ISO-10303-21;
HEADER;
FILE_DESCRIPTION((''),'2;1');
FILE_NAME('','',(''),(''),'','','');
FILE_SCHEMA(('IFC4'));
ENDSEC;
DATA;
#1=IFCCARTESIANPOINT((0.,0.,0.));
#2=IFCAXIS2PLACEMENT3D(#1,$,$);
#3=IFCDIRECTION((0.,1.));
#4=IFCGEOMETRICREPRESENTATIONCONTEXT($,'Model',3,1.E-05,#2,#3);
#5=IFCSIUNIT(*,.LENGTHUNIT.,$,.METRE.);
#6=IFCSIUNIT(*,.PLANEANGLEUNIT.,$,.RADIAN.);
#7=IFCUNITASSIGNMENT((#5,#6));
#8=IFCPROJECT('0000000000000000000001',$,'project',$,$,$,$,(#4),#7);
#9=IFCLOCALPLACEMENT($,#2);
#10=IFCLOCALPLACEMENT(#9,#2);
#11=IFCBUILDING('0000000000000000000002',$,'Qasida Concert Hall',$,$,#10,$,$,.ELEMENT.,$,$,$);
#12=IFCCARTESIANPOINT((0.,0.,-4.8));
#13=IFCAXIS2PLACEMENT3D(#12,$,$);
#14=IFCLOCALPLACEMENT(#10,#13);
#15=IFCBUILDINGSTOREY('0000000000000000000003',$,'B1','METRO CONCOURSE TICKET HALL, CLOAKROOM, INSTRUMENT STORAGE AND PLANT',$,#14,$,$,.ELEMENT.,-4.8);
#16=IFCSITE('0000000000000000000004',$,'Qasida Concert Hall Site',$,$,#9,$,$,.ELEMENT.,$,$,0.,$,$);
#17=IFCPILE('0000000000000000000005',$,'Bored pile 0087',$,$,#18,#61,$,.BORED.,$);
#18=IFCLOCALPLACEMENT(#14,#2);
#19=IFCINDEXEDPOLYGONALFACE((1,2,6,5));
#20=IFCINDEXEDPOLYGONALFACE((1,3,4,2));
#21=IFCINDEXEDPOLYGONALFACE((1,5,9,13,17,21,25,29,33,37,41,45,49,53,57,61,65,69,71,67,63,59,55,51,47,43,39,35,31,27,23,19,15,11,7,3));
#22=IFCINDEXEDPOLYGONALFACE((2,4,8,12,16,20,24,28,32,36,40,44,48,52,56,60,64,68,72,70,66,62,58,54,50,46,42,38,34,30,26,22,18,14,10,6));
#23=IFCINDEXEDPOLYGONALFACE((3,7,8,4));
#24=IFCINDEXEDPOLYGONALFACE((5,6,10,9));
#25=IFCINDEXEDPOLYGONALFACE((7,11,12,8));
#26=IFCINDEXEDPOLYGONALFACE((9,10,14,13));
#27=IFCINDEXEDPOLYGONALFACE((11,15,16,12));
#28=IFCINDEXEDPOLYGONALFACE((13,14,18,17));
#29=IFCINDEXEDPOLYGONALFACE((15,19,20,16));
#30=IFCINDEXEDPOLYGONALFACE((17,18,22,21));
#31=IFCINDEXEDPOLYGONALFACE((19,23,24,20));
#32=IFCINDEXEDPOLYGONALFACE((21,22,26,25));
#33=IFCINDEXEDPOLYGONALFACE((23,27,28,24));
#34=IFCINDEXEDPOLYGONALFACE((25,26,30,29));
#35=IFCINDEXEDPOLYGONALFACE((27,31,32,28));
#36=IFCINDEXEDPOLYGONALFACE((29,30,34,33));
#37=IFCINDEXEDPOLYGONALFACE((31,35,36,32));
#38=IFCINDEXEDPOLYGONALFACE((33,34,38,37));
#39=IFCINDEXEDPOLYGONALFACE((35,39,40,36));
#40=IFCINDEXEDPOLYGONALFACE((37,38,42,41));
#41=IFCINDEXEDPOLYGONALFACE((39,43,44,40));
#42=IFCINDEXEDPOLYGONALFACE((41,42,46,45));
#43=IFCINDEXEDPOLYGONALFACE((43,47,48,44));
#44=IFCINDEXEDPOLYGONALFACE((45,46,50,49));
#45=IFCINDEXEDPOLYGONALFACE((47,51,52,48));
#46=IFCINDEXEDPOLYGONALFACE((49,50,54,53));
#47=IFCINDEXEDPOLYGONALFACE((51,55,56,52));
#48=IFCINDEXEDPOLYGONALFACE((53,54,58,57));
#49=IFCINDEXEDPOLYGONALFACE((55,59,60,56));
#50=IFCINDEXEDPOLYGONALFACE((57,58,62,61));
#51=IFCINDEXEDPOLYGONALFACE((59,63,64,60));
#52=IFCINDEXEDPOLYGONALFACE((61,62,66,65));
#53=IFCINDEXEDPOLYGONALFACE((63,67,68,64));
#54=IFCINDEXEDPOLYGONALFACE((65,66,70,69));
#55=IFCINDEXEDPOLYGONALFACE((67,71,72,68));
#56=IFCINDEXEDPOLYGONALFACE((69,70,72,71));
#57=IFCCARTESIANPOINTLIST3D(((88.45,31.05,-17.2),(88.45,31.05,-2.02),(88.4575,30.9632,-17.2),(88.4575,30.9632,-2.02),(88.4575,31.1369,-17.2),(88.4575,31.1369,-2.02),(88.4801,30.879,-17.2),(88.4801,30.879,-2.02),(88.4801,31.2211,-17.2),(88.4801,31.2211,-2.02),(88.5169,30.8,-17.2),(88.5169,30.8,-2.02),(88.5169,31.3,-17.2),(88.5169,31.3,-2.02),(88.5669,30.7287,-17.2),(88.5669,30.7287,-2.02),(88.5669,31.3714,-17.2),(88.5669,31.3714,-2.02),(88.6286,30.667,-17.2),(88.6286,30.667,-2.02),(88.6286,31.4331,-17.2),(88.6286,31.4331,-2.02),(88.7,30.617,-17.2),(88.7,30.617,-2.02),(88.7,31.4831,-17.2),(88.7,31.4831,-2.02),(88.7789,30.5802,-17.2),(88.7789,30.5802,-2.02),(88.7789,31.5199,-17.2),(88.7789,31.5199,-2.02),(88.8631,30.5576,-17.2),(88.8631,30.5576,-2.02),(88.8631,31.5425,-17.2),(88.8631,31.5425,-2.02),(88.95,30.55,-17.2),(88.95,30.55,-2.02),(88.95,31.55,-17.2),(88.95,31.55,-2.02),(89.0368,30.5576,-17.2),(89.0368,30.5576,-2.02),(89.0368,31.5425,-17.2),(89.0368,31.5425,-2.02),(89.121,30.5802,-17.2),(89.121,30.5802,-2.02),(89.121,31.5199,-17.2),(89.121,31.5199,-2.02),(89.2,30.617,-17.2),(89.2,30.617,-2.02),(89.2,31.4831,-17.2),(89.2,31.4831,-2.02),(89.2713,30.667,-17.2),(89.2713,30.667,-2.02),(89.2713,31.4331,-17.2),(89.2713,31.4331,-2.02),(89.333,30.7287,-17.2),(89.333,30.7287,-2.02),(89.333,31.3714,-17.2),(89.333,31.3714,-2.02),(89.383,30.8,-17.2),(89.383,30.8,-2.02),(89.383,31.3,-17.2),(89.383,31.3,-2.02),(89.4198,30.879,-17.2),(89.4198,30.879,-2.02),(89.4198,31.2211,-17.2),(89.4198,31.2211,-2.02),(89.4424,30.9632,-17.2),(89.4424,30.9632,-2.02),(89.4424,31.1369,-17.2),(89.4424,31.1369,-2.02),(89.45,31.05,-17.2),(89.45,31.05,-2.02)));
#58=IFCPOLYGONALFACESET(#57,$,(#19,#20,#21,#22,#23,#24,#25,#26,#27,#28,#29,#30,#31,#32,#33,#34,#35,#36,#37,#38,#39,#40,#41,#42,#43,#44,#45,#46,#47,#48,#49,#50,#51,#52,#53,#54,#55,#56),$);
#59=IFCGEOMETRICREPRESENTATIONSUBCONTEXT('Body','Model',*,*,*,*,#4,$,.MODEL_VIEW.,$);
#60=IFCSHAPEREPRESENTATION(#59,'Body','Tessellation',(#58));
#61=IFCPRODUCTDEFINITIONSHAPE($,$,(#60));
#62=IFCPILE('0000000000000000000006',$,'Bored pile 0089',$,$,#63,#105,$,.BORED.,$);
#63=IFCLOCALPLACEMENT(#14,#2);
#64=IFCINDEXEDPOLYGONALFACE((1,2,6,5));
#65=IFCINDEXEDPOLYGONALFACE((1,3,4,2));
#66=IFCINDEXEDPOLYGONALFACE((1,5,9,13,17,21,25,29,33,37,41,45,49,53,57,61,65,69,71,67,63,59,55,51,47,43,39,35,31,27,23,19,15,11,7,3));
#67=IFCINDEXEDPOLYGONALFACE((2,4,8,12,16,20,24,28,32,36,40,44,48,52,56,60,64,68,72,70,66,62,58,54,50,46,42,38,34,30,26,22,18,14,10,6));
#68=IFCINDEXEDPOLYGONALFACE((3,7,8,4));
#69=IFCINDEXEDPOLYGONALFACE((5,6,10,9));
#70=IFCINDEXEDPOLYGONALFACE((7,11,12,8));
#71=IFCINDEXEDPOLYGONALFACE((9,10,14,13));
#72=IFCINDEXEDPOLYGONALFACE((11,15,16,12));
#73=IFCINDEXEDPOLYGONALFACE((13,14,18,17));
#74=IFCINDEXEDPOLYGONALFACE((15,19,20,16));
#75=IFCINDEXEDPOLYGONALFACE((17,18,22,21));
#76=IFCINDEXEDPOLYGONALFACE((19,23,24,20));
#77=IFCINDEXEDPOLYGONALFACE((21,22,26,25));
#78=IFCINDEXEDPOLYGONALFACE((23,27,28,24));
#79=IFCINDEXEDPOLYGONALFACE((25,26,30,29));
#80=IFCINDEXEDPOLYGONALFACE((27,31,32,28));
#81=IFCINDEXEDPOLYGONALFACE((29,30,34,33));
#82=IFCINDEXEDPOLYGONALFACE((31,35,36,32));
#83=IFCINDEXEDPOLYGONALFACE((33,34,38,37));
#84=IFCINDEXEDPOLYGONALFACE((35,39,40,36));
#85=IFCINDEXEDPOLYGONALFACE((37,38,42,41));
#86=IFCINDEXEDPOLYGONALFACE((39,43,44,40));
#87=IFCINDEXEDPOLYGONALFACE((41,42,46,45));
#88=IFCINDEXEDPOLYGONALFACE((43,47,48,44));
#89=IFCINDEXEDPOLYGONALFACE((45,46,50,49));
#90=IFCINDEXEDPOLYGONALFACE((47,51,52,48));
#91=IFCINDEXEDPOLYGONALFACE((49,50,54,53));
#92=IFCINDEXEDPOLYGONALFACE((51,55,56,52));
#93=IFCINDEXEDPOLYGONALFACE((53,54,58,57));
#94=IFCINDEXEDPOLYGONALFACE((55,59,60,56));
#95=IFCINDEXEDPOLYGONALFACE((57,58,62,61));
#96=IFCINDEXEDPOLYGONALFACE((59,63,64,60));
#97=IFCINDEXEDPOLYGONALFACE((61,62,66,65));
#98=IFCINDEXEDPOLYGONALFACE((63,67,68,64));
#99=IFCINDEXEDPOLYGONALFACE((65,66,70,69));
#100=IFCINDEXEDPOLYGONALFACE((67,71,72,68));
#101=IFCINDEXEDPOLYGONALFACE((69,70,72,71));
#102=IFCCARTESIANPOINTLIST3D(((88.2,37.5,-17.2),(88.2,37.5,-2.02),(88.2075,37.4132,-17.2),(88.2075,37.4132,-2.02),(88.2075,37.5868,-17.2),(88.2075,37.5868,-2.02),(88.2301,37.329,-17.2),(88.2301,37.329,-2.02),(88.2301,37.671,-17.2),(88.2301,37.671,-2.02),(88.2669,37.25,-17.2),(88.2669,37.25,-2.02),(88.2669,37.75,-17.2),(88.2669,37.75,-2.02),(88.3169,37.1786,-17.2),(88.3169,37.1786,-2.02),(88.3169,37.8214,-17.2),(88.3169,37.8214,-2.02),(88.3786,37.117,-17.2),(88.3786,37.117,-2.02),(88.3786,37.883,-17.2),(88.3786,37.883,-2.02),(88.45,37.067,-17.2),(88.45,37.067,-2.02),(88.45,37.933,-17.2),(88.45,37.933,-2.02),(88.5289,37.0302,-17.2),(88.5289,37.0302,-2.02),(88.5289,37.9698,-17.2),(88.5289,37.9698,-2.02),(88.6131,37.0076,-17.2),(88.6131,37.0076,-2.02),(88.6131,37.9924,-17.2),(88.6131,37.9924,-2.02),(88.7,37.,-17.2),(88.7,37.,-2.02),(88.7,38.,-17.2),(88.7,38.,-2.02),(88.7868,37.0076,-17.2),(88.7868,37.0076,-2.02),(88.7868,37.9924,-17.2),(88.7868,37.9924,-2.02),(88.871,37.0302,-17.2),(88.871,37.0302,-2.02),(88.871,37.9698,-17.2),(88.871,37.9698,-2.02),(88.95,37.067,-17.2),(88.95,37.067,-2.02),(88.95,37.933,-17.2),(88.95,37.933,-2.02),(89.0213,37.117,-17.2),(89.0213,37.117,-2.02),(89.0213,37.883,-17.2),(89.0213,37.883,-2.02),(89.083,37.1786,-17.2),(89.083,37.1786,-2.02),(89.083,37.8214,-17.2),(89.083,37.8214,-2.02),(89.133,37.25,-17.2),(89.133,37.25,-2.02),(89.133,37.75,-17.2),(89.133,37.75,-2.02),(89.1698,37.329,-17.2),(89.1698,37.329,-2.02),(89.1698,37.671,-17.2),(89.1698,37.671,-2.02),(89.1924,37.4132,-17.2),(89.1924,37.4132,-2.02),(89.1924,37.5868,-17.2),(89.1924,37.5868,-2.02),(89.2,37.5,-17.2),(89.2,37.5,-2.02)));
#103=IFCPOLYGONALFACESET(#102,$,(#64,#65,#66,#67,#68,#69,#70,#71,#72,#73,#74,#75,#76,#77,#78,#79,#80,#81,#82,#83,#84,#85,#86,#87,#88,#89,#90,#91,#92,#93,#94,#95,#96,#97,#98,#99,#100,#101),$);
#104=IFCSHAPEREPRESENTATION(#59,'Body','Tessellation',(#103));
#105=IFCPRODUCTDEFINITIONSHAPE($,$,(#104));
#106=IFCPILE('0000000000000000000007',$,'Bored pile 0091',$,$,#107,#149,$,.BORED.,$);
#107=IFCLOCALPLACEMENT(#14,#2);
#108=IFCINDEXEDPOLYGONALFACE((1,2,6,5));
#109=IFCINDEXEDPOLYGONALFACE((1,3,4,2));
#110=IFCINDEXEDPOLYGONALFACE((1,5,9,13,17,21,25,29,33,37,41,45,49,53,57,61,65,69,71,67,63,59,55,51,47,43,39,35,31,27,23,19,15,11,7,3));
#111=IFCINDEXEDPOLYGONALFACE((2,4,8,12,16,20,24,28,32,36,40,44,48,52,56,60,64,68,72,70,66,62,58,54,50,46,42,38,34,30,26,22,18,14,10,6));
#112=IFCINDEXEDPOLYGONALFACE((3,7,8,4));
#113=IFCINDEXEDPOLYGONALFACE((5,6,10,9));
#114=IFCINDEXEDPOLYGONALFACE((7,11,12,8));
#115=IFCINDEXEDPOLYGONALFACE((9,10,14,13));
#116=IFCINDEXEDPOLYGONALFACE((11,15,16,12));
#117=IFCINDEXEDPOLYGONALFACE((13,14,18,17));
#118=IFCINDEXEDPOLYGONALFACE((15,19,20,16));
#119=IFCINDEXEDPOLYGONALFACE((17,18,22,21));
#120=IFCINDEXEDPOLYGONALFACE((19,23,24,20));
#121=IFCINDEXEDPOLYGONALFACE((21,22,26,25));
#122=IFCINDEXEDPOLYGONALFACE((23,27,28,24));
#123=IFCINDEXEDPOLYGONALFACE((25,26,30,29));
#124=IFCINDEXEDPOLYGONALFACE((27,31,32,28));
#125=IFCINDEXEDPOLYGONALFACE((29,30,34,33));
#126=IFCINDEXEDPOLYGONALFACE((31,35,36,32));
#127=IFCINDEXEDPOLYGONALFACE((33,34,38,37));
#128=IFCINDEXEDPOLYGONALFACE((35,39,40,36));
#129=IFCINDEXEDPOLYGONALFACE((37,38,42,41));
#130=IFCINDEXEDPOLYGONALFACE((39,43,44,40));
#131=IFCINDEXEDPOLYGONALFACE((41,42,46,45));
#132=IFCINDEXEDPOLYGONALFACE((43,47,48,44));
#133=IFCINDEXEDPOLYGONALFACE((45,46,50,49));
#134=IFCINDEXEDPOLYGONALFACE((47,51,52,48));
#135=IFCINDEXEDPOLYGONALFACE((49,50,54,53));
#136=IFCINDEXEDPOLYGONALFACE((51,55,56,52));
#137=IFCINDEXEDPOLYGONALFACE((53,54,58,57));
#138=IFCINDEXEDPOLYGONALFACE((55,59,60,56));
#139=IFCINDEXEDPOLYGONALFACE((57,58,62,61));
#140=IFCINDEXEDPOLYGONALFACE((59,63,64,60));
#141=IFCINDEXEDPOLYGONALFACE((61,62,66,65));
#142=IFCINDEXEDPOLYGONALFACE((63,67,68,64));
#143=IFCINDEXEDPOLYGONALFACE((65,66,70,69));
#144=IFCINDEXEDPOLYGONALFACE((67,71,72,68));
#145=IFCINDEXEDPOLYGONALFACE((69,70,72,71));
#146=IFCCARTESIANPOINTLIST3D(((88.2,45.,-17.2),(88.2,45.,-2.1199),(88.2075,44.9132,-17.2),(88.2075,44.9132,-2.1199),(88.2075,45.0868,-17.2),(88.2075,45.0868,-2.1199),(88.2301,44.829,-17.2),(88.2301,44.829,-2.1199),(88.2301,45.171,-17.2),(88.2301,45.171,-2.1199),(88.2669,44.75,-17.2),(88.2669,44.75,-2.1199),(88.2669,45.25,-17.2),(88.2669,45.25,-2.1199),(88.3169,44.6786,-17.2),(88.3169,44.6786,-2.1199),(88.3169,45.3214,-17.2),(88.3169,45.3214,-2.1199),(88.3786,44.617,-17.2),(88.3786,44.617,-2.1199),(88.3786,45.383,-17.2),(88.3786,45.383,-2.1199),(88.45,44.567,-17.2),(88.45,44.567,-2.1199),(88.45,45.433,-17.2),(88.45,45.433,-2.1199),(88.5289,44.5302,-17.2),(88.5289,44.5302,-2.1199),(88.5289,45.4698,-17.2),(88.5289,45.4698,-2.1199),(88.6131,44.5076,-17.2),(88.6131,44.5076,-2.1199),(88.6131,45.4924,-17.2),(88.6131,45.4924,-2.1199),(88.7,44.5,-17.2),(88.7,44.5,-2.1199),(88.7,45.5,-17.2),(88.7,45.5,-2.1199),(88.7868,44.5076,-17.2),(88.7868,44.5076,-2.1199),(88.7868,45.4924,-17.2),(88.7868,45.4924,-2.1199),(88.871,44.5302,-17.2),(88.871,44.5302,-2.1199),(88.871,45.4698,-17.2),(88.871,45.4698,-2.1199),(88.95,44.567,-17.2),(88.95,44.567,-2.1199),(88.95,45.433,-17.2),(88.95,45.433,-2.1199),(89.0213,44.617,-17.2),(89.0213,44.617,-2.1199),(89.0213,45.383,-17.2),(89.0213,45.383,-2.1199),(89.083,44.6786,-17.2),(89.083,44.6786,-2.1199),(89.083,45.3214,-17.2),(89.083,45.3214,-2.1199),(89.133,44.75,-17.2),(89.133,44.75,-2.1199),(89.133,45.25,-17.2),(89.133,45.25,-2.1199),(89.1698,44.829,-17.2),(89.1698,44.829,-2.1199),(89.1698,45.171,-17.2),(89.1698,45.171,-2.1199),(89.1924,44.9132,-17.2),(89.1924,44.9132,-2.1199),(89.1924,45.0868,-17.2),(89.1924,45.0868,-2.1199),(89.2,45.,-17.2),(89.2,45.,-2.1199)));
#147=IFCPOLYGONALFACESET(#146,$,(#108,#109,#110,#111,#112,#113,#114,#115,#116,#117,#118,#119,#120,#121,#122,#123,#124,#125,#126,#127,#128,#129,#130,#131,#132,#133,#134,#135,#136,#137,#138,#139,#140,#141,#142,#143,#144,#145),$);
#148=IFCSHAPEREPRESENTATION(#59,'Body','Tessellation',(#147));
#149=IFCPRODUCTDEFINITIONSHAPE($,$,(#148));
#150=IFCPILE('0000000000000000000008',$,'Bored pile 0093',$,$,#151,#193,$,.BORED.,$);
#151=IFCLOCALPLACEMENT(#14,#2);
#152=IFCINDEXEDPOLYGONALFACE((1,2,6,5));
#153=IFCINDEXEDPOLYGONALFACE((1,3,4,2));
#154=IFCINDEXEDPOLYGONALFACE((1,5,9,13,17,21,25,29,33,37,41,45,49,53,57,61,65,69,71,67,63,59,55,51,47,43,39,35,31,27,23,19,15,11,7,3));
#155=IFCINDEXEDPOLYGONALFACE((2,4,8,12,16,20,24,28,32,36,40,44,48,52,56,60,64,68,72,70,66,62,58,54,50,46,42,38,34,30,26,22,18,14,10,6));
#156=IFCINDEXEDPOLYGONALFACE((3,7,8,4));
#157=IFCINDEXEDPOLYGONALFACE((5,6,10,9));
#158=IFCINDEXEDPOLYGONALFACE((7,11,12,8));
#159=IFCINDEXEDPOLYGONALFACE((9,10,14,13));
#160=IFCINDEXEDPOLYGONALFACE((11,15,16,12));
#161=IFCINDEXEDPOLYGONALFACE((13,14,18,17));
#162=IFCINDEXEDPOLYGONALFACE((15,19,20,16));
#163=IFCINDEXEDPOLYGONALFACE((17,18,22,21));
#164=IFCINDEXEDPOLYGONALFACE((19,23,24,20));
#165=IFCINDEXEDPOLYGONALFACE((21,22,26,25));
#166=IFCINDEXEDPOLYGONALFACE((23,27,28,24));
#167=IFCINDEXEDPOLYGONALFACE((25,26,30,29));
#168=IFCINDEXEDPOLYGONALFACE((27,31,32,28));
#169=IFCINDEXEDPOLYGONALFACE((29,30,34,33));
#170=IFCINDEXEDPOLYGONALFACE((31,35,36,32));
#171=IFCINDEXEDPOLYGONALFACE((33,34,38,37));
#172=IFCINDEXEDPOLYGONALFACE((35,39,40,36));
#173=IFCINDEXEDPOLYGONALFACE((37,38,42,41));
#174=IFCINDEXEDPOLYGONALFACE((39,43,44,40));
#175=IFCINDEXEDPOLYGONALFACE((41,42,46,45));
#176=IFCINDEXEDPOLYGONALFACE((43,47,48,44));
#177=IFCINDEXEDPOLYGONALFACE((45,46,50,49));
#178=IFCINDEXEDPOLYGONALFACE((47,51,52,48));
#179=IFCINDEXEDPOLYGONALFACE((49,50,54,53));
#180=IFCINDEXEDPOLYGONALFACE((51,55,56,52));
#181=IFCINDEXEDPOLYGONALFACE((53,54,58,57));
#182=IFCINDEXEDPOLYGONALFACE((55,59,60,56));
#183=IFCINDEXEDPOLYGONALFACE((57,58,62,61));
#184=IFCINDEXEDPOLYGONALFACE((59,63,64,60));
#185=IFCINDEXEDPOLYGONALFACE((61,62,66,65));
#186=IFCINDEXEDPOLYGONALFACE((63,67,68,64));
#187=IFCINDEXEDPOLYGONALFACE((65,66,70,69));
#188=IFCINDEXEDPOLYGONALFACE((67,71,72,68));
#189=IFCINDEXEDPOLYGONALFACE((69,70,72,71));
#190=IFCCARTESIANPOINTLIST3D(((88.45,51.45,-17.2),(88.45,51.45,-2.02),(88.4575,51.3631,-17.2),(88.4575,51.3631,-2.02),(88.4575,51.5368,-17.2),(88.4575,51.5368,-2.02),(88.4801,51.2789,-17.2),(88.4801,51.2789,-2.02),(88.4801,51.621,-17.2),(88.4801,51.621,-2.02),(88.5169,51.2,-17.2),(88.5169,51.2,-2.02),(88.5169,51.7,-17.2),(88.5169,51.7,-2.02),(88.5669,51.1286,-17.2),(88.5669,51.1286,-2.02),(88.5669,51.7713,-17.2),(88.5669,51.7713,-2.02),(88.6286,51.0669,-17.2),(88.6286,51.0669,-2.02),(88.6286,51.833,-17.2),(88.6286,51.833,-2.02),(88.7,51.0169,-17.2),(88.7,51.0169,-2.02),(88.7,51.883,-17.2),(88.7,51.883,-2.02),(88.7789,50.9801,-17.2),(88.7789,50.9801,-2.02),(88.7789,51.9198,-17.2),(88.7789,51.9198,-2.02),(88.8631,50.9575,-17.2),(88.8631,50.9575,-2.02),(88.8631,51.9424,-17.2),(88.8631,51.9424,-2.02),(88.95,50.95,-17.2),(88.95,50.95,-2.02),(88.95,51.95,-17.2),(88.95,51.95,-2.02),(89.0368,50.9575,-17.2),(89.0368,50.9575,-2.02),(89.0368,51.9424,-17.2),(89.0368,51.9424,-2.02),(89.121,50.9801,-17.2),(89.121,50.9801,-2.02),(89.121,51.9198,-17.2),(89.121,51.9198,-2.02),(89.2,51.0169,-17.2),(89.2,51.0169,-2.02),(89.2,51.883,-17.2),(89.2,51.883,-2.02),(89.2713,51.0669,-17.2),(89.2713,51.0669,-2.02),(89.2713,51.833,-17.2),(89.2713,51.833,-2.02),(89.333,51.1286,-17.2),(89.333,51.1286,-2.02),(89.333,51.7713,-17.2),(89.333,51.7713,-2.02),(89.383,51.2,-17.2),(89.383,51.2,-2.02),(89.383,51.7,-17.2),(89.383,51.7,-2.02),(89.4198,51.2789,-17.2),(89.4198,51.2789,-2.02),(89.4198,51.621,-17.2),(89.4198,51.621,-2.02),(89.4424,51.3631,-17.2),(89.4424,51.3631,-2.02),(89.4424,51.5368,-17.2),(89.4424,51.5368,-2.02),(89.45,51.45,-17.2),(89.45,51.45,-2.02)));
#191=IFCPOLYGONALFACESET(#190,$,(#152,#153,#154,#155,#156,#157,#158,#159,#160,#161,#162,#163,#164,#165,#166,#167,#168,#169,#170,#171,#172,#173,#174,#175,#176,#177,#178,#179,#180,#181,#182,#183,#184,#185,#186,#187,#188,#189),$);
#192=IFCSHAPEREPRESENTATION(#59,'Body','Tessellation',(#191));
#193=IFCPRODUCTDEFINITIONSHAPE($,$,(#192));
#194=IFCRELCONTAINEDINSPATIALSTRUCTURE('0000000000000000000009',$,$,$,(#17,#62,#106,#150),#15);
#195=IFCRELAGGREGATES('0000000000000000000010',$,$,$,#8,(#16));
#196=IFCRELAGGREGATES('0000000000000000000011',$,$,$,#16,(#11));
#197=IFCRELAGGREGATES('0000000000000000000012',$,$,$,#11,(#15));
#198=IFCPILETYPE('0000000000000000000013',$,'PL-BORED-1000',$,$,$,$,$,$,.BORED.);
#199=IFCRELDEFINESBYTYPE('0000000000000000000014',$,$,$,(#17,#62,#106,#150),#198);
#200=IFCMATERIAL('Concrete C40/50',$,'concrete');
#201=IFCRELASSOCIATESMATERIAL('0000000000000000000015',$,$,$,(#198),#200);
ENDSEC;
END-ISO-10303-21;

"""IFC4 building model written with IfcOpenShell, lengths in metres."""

from ifc_helpers import new_model, si_unit, direction, frame, origin, origin_2d, place, context, subcontext, project, spatial, circle, extrude, material, material_profile, profile_set, type_object, element, save


model = new_model("IFC4")

# Units and contexts
model_context = context("Model", 3, precision=1e-05, world=origin(), true_north=direction((0.0, 1.0)))
body_context = subcontext(model_context, "Body", "Model", "MODEL_VIEW")
ifc_project = project(units=[si_unit("LENGTHUNIT", "METRE"), si_unit("PLANEANGLEUNIT", "RADIAN")], contexts=[model_context])

# Site, building, storey
site_placement = place(None, origin())
site = spatial("IfcSite", under=ifc_project, at=site_placement, Name="Qasida Concert Hall Site", CompositionType="ELEMENT", RefElevation=0.0)
building_placement = place(site_placement, origin())
building = spatial("IfcBuilding", under=site, at=building_placement, Name="Qasida Concert Hall", CompositionType="ELEMENT")
storey_placement = place(building_placement, frame((0.0, 0.0, -4.8)))
storey = spatial("IfcBuildingStorey", under=building, at=storey_placement, Name="B1", Description="METRO CONCOURSE TICKET HALL, CLOAKROOM, INSTRUMENT STORAGE AND PLANT", CompositionType="ELEMENT", Elevation=-4.8)

# Shared definitions
ifc_material_1 = material(Name="Concrete C40/50", Category="concrete")

# Piles
ifc_material_profile_1 = material_profile(ifc_material_1, circle(Radius=0.5, at=origin_2d()), Name="BORED PILE D1000")
ifc_profile_set_1 = profile_set([ifc_material_profile_1], Name="Concrete C40/50")
pile_type_1 = type_object("IfcPileType", Name="PL-BORED-1000", PredefinedType="BORED", material=ifc_profile_set_1)
for number, where, z_axis, x_axis, name in (
    (1, (88.95, 31.05, -2.02), (0.0, 0.0, -1.0), (1.0, 0.0, 0.0), "Bored pile 0087"),
    (2, (88.7, 37.5, -2.02), (0.0, 0.0, -1.0), (1.0, 0.0, 0.0), "Bored pile 0089"),
):
    element("IfcPile", number, at=place(storey_placement, frame(where, z_axis=z_axis, x_axis=x_axis)), inside=storey, type_object=pile_type_1, Name=name, PredefinedType="BORED", context=body_context, shape_type="SweptSolid", body=[
        extrude(circle(Radius=0.5, at=origin_2d()), origin(), (0.0, 0.0, 1.0), 15.1799),
    ])
pile_1_placement = place(storey_placement, frame((88.7, 45.0, -2.1199), z_axis=(0.0, 0.0, -1.0), x_axis=(1.0, 0.0, 0.0)))
element("IfcPile", 3, at=pile_1_placement, inside=storey, type_object=pile_type_1, Name="Bored pile 0091", PredefinedType="BORED", context=body_context, shape_type="SweptSolid", body=[
    extrude(circle(Radius=0.5, at=origin_2d()), origin(), (0.0, 0.0, 1.0), 15.0801),
])
pile_2_placement = place(storey_placement, frame((88.95, 51.45, -2.02), z_axis=(0.0, 0.0, -1.0), x_axis=(1.0, 0.0, 0.0)))
element("IfcPile", 4, at=pile_2_placement, inside=storey, type_object=pile_type_1, Name="Bored pile 0093", PredefinedType="BORED", context=body_context, shape_type="SweptSolid", body=[
    extrude(circle(Radius=0.5, at=origin_2d()), origin(), (0.0, 0.0, 1.0), 15.1799),
])

save(model, "model.ifc")
